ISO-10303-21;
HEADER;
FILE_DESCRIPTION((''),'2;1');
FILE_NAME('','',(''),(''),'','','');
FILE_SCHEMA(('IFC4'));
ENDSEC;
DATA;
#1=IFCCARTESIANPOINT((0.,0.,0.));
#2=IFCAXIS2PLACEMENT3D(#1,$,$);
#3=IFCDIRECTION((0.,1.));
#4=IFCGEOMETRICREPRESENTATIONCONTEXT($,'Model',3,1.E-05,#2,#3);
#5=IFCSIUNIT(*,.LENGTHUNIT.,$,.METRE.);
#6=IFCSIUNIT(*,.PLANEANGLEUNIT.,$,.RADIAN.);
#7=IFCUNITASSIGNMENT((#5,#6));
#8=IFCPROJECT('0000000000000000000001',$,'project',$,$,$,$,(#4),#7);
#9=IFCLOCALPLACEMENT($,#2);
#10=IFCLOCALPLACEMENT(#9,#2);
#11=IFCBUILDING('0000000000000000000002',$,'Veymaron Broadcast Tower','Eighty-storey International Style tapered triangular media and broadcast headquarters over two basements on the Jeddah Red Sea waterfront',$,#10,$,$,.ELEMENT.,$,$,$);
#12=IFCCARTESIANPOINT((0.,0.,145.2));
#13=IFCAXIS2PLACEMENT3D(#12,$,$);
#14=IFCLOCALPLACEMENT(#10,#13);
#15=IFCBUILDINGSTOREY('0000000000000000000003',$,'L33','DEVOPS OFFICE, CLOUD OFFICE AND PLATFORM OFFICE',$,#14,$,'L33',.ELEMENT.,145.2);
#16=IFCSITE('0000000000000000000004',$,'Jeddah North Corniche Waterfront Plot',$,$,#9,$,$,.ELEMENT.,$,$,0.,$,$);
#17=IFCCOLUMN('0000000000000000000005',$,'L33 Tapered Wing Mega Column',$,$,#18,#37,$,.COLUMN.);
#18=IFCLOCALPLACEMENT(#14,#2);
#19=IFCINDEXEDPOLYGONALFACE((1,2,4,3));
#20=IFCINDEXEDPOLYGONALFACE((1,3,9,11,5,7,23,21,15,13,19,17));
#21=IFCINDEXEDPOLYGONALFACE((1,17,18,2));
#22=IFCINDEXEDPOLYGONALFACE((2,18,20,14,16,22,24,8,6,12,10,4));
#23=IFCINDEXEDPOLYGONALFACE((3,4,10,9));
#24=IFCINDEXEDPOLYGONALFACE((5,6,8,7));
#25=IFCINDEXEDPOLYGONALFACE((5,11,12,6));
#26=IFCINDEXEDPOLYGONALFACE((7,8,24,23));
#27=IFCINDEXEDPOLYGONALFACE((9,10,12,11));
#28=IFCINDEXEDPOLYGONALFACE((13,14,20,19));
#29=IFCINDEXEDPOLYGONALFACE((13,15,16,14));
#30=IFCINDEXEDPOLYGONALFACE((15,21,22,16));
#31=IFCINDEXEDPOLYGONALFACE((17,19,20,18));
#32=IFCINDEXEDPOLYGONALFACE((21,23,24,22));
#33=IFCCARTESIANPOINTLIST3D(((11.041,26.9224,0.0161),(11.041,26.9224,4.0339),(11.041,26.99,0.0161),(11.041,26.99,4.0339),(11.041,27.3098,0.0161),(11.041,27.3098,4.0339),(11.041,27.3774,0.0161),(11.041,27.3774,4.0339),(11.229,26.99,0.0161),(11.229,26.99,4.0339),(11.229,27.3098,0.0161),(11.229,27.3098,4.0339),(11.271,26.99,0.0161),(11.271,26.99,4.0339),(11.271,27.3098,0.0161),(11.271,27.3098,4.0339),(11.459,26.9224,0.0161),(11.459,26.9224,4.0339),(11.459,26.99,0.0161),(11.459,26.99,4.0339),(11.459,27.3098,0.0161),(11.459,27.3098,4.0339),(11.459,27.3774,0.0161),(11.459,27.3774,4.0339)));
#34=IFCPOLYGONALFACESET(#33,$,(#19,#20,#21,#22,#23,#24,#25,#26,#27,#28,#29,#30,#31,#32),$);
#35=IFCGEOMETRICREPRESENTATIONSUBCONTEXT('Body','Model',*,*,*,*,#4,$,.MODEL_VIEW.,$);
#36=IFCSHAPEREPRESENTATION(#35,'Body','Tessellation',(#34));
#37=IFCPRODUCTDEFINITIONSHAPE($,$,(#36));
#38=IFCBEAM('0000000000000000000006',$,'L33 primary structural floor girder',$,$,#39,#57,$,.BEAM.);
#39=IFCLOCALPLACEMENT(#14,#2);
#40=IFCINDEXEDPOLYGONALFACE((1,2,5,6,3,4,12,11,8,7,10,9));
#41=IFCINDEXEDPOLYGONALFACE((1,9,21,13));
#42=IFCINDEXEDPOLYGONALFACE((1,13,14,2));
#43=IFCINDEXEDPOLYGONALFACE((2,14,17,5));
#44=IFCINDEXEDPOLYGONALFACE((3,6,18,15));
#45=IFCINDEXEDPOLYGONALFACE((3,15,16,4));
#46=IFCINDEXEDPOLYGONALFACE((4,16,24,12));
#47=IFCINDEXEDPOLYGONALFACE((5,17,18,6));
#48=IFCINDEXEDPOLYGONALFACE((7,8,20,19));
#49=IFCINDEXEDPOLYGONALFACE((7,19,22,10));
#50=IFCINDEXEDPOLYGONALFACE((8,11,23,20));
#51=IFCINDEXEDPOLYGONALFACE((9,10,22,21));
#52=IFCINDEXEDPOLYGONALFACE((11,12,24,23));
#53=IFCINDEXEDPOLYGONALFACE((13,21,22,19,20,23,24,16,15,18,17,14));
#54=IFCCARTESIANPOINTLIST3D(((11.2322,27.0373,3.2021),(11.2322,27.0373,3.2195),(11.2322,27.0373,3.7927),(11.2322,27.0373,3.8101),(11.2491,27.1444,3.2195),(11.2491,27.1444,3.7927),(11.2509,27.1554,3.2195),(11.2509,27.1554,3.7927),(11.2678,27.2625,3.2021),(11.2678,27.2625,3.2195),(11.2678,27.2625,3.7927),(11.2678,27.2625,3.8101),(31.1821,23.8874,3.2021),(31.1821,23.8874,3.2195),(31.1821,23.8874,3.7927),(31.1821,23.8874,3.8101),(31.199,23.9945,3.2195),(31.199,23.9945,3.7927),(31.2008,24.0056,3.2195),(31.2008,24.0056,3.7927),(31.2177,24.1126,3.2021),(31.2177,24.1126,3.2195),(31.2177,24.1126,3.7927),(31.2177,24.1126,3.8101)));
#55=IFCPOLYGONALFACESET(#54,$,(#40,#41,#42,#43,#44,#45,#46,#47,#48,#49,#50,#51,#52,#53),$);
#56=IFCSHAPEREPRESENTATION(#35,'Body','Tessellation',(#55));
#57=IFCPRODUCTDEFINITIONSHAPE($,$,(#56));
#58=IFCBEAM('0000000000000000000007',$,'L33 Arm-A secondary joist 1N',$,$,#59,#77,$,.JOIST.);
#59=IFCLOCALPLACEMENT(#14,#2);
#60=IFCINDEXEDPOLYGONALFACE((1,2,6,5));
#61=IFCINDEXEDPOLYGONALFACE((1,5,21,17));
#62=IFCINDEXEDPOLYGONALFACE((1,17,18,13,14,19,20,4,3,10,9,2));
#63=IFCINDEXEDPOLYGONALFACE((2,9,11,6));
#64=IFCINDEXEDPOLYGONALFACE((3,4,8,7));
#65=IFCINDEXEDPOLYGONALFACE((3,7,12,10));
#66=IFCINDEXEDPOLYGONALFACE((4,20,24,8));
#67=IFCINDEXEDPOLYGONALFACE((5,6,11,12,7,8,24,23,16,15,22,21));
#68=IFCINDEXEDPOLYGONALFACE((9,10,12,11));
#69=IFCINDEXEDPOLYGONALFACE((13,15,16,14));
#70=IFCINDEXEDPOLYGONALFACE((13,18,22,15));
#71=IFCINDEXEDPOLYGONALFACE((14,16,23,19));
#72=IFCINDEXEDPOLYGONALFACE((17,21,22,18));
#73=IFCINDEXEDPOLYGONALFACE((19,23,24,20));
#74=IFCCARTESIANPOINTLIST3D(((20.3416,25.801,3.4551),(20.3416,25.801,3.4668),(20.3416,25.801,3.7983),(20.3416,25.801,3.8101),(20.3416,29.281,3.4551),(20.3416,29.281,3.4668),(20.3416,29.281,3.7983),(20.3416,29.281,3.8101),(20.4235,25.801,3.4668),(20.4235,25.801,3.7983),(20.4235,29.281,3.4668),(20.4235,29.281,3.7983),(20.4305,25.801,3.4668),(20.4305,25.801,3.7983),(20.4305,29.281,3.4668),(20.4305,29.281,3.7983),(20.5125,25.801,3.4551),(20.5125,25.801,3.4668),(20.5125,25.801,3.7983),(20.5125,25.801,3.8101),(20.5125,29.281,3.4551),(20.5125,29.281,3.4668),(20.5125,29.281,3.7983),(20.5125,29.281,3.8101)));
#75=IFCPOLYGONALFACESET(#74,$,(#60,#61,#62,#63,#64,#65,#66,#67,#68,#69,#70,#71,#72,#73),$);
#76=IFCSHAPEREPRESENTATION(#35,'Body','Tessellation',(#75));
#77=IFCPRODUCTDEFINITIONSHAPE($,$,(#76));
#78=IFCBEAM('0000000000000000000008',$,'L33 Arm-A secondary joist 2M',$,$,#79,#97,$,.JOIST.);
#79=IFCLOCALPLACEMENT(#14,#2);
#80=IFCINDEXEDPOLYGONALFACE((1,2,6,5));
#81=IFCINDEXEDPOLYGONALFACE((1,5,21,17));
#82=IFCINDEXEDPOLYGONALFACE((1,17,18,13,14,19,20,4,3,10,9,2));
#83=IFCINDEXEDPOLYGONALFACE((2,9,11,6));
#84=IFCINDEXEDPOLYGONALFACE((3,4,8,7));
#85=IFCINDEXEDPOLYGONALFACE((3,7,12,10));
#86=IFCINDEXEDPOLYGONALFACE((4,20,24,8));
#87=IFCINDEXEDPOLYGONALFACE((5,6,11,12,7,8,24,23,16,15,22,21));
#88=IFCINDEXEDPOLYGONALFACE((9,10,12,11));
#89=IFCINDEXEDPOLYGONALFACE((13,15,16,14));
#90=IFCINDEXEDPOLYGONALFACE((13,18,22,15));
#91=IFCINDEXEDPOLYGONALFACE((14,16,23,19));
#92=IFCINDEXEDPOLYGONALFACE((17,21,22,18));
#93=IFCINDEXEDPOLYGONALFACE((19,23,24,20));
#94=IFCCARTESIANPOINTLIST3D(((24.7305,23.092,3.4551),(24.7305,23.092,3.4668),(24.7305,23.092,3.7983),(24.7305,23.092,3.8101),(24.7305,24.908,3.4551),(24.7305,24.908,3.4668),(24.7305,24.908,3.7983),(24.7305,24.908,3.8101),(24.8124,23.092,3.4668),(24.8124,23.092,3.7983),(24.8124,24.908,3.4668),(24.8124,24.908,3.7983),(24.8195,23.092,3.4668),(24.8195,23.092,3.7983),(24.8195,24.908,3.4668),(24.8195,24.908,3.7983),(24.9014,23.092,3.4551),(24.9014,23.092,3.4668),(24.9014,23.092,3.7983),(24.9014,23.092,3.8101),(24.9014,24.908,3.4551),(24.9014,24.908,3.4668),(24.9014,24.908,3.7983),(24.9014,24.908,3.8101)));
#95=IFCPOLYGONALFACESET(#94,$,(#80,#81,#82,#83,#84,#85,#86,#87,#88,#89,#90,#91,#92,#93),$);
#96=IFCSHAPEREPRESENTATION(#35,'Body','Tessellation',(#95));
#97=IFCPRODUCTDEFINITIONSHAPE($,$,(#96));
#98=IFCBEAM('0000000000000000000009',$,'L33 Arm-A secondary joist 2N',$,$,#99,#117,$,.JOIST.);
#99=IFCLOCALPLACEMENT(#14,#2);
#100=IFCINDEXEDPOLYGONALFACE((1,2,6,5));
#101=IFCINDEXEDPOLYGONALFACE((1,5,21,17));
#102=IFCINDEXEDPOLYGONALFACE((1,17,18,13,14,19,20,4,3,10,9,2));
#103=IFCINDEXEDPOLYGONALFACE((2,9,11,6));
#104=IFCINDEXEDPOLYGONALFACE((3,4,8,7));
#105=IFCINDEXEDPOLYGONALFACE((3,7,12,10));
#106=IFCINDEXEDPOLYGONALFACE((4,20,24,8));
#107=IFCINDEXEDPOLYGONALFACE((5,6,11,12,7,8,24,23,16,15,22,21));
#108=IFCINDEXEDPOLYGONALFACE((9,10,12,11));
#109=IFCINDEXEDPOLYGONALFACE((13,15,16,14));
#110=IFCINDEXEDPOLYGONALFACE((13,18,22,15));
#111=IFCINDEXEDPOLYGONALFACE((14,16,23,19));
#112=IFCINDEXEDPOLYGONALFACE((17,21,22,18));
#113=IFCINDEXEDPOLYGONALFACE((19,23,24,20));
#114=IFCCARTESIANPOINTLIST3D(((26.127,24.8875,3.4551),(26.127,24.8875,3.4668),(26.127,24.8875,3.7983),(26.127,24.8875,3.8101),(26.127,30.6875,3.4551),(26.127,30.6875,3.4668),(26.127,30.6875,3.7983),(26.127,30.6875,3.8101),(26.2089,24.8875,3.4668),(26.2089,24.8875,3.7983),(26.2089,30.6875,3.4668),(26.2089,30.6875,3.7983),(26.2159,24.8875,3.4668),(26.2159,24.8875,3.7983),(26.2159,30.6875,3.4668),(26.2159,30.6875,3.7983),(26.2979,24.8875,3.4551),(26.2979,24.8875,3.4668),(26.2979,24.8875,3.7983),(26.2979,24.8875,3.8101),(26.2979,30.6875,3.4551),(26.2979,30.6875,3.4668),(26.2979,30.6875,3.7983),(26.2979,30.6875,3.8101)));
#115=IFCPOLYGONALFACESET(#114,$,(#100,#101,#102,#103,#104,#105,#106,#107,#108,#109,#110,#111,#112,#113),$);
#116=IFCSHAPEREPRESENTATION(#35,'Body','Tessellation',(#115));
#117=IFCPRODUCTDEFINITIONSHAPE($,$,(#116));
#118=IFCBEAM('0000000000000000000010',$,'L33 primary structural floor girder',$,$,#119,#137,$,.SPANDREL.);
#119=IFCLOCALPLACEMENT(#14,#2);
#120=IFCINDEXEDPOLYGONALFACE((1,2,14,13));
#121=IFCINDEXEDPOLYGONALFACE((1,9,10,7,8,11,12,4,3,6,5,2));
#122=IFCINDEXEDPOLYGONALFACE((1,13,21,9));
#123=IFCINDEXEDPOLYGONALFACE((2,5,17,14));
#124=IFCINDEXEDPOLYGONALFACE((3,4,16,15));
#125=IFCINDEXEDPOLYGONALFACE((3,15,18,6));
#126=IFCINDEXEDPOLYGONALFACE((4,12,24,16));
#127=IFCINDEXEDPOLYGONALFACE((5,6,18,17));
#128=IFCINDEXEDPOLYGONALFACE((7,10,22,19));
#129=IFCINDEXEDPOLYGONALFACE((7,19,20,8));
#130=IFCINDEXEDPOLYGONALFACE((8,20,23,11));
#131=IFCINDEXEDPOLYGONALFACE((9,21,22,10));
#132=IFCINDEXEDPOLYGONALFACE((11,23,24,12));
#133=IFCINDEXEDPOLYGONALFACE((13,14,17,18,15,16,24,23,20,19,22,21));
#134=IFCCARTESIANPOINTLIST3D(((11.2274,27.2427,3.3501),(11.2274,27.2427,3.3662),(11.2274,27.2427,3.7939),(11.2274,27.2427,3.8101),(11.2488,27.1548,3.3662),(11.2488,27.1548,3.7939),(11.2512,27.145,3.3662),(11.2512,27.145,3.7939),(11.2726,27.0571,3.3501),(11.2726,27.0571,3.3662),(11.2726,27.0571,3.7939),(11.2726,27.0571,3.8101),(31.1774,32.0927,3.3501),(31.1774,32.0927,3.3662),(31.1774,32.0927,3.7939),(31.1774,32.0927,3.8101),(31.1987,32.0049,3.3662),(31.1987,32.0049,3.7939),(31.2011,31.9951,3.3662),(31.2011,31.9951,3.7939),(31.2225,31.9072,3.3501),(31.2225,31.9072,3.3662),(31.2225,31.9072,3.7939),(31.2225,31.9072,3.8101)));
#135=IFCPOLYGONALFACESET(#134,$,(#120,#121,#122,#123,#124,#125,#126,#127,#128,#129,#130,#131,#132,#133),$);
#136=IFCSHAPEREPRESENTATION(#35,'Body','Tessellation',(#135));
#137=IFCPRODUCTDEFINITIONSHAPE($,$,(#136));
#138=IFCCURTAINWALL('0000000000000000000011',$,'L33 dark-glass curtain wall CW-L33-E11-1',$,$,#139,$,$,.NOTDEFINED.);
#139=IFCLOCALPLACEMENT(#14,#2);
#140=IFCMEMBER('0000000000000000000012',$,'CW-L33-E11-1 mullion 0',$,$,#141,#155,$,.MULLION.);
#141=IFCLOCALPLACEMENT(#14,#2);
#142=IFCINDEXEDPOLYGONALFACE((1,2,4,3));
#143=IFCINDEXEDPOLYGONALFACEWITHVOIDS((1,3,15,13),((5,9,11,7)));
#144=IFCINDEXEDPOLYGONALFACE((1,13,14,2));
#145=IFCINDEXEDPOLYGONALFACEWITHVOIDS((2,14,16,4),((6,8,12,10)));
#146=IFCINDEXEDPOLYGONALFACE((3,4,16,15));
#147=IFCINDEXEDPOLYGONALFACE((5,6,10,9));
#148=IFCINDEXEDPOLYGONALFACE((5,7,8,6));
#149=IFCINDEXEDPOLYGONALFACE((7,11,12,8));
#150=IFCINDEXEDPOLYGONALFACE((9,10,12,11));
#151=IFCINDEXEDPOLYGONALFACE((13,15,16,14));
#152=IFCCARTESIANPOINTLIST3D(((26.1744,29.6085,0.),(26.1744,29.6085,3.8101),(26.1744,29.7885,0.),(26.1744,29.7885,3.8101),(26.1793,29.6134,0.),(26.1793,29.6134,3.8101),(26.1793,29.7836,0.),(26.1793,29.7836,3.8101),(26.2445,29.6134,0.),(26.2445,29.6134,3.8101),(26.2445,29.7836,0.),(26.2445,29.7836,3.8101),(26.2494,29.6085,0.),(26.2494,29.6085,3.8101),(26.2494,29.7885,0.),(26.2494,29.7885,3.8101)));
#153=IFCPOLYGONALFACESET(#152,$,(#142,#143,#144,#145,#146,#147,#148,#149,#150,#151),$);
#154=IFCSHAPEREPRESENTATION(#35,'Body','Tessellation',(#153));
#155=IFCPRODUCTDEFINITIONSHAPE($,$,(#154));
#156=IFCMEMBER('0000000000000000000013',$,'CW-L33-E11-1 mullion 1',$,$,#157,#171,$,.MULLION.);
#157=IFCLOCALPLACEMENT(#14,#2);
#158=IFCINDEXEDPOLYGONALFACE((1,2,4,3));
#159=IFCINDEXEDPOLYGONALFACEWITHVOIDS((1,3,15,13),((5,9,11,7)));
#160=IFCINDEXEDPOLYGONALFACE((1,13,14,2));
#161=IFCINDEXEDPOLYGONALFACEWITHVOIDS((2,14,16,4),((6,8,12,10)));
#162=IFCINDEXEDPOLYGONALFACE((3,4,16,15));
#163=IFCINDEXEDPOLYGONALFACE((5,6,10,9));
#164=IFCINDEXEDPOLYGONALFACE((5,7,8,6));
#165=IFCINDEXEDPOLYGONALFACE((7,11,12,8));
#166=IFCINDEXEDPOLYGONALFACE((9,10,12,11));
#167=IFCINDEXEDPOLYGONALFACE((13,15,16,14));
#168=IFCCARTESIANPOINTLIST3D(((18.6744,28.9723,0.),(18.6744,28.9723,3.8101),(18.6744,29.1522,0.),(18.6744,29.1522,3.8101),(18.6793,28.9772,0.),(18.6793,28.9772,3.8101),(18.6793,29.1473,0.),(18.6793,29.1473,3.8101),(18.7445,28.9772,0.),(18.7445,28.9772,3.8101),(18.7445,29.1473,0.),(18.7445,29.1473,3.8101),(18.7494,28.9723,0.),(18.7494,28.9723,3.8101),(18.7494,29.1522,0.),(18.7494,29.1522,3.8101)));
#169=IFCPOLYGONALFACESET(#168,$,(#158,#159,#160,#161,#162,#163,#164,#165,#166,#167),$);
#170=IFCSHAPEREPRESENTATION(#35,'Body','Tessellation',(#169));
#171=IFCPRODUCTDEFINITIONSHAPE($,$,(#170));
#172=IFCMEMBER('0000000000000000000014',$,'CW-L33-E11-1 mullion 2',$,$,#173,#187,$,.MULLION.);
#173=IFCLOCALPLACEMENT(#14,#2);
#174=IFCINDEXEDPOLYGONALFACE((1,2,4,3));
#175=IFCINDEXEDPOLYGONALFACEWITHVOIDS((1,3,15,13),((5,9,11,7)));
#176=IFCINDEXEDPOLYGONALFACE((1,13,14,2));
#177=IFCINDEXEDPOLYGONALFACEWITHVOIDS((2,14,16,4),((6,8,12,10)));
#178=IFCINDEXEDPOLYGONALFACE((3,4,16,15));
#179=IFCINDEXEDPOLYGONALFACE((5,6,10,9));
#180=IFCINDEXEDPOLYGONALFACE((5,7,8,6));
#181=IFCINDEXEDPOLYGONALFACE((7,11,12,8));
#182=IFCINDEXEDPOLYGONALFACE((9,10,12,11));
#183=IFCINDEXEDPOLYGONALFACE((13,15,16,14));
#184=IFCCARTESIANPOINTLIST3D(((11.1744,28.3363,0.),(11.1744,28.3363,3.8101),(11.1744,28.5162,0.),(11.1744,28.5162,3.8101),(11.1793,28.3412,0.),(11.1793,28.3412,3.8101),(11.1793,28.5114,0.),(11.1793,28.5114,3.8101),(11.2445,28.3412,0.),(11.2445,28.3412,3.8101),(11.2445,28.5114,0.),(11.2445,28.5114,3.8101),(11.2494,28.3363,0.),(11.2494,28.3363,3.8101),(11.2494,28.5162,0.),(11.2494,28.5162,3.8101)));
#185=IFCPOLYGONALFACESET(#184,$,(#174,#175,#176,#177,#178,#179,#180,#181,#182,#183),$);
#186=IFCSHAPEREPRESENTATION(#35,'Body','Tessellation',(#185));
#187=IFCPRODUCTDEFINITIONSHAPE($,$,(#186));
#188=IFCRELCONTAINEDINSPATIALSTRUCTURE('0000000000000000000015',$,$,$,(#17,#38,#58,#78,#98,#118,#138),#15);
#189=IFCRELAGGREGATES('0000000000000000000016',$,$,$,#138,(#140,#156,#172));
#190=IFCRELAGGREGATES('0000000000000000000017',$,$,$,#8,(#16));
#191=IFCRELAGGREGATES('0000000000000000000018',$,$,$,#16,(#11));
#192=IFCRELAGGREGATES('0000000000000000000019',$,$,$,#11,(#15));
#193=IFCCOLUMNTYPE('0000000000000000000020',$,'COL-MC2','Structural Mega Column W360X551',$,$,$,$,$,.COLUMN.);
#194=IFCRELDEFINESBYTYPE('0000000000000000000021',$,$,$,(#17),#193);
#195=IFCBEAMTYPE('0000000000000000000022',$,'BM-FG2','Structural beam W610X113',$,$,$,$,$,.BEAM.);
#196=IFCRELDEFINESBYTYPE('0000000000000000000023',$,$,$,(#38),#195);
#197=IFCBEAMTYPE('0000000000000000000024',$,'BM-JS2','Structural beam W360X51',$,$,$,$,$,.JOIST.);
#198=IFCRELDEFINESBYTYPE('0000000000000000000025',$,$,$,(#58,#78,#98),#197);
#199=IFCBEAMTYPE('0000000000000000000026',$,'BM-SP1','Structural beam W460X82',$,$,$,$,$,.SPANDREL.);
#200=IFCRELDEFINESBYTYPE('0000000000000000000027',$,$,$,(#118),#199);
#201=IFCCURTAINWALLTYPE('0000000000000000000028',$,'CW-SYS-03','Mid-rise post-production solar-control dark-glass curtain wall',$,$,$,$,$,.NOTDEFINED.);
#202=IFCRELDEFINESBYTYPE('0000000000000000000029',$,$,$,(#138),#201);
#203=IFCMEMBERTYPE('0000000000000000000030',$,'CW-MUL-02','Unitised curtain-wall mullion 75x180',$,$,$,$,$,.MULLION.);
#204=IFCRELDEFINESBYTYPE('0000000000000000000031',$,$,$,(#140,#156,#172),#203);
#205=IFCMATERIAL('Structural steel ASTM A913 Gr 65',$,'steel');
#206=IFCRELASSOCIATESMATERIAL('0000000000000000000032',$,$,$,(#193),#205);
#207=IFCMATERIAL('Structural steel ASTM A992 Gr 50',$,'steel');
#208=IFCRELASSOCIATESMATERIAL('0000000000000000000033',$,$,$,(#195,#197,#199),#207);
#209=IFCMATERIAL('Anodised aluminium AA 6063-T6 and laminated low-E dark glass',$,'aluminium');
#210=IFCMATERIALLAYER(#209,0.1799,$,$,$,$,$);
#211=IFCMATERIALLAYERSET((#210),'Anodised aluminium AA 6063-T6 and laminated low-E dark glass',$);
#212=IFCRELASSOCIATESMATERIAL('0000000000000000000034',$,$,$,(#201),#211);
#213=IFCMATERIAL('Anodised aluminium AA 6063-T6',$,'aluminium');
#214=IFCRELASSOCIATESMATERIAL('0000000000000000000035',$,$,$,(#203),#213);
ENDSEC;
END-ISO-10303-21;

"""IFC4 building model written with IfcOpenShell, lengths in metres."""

from ifc_helpers import new_model, si_unit, direction, frame, origin, origin_2d, place, context, subcontext, project, spatial, hollow_rectangle, i_section, extrude, material, layer, layer_set, material_profile, profile_set, type_object, element, aggregate, save


model = new_model("IFC4")

# Units and contexts
model_context = context("Model", 3, precision=1e-05, world=origin(), true_north=direction((0.0, 1.0)))
body_context = subcontext(model_context, "Body", "Model", "MODEL_VIEW")
ifc_project = project(units=[si_unit("LENGTHUNIT", "METRE"), si_unit("PLANEANGLEUNIT", "RADIAN")], contexts=[model_context])

# Site, building, storey
site_placement = place(None, origin())
site = spatial("IfcSite", under=ifc_project, at=site_placement, Name="Jeddah North Corniche Waterfront Plot", CompositionType="ELEMENT", RefElevation=0.0)
building_placement = place(site_placement, origin())
building = spatial("IfcBuilding", under=site, at=building_placement, Name="Veymaron Broadcast Tower", Description="Eighty-storey International Style tapered triangular media and broadcast headquarters over two basements on the Jeddah Red Sea waterfront", CompositionType="ELEMENT")
storey_placement = place(building_placement, frame((0.0, 0.0, 145.2)))
storey = spatial("IfcBuildingStorey", under=building, at=storey_placement, Name="L33", Description="DEVOPS OFFICE, CLOUD OFFICE AND PLATFORM OFFICE", LongName="L33", CompositionType="ELEMENT", Elevation=145.2)

# Column
ifc_material_1 = material(Name="Structural steel ASTM A913 Gr 65", Category="steel")
ifc_material_profile_1 = material_profile(ifc_material_1, i_section(OverallWidth=0.418, OverallDepth=0.4551, WebThickness=0.042, FlangeThickness=0.0676, at=origin_2d()), Name="W360X551")
ifc_profile_set_1 = profile_set([ifc_material_profile_1], Name="Structural steel ASTM A913 Gr 65")
column_type = type_object("IfcColumnType", Name="COL-MC2", Description="Structural Mega Column W360X551", PredefinedType="COLUMN", material=ifc_profile_set_1)
column_placement = place(storey_placement, frame((11.25, 27.1499, 0.0161), z_axis=(0.0, 0.0, 1.0), x_axis=(1.0, 0.0, 0.0)))
element("IfcColumn", 1, at=column_placement, inside=storey, type_object=column_type, Name="L33 Tapered Wing Mega Column", PredefinedType="COLUMN", context=body_context, shape_type="SweptSolid", body=[
    extrude(i_section(OverallWidth=0.418, OverallDepth=0.4551, WebThickness=0.042, FlangeThickness=0.0676, at=origin_2d()), origin(), (0.0, 0.0, 1.0), 4.0178),
])

# Beams
ifc_material_2 = material(Name="Structural steel ASTM A992 Gr 50", Category="steel")
ifc_material_profile_2 = material_profile(ifc_material_2, i_section(OverallWidth=0.228, OverallDepth=0.6079, WebThickness=0.0112, FlangeThickness=0.0173, at=origin_2d()), Name="W610X113")
ifc_profile_set_2 = profile_set([ifc_material_profile_2], Name="Structural steel ASTM A992 Gr 50")
beam_type_1 = type_object("IfcBeamType", Name="BM-FG2", Description="Structural beam W610X113", PredefinedType="BEAM", material=ifc_profile_set_2)
beam_1_placement = place(storey_placement, frame((11.25, 27.1499, 3.5061), z_axis=(0.987764, -0.155958, 0.0), x_axis=(0.155958, 0.987764, 0.0)))
element("IfcBeam", 2, at=beam_1_placement, inside=storey, type_object=beam_type_1, Name="L33 primary structural floor girder", PredefinedType="BEAM", context=body_context, shape_type="SweptSolid", body=[
    extrude(i_section(OverallWidth=0.228, OverallDepth=0.6079, WebThickness=0.0112, FlangeThickness=0.0173, at=origin_2d()), origin(), (0.0, 0.0, 1.0), 20.197),
])
ifc_material_profile_3 = material_profile(ifc_material_2, i_section(OverallWidth=0.1709, OverallDepth=0.355, WebThickness=0.0071, FlangeThickness=0.0117, at=origin_2d()), Name="W360X51")
ifc_profile_set_3 = profile_set([ifc_material_profile_3], Name="Structural steel ASTM A992 Gr 50")
beam_type_2 = type_object("IfcBeamType", Name="BM-JS2", Description="Structural beam W360X51", PredefinedType="JOIST", material=ifc_profile_set_3)
beam_2_placement = place(storey_placement, frame((20.427, 25.801, 3.6326), z_axis=(0.0, 1.0, 0.0), x_axis=(-1.0, 0.0, 0.0)))
element("IfcBeam", 3, at=beam_2_placement, inside=storey, type_object=beam_type_2, Name="L33 Arm-A secondary joist 1N", PredefinedType="JOIST", context=body_context, shape_type="SweptSolid", body=[
    extrude(i_section(OverallWidth=0.1709, OverallDepth=0.355, WebThickness=0.0071, FlangeThickness=0.0117, at=origin_2d()), origin(), (0.0, 0.0, 1.0), 3.48),
])
beam_3_placement = place(storey_placement, frame((24.8159, 23.092, 3.6326), z_axis=(0.0, 1.0, 0.0), x_axis=(-1.0, 0.0, 0.0)))
element("IfcBeam", 4, at=beam_3_placement, inside=storey, type_object=beam_type_2, Name="L33 Arm-A secondary joist 2M", PredefinedType="JOIST", context=body_context, shape_type="SweptSolid", body=[
    extrude(i_section(OverallWidth=0.1709, OverallDepth=0.355, WebThickness=0.0071, FlangeThickness=0.0117, at=origin_2d()), origin(), (0.0, 0.0, 1.0), 1.8159),
])
beam_4_placement = place(storey_placement, frame((26.2124, 24.8875, 3.6326), z_axis=(0.0, 1.0, 0.0), x_axis=(-1.0, 0.0, 0.0)))
element("IfcBeam", 5, at=beam_4_placement, inside=storey, type_object=beam_type_2, Name="L33 Arm-A secondary joist 2N", PredefinedType="JOIST", context=body_context, shape_type="SweptSolid", body=[
    extrude(i_section(OverallWidth=0.1709, OverallDepth=0.355, WebThickness=0.0071, FlangeThickness=0.0117, at=origin_2d()), origin(), (0.0, 0.0, 1.0), 5.8),
])
ifc_material_profile_4 = material_profile(ifc_material_2, i_section(OverallWidth=0.1909, OverallDepth=0.46, WebThickness=0.01, FlangeThickness=0.0161, at=origin_2d()), Name="W460X82")
ifc_profile_set_4 = profile_set([ifc_material_profile_4], Name="Structural steel ASTM A992 Gr 50")
beam_type_3 = type_object("IfcBeamType", Name="BM-SP1", Description="Structural beam W460X82", PredefinedType="SPANDREL", material=ifc_profile_set_4)
beam_5_placement = place(storey_placement, frame((11.25, 27.1499, 3.5801), z_axis=(0.971697, 0.236232, 0.0), x_axis=(-0.236232, 0.971697, 0.0)))
element("IfcBeam", 6, at=beam_5_placement, inside=storey, type_object=beam_type_3, Name="L33 primary structural floor girder", PredefinedType="SPANDREL", context=body_context, shape_type="SweptSolid", body=[
    extrude(i_section(OverallWidth=0.1909, OverallDepth=0.46, WebThickness=0.01, FlangeThickness=0.0161, at=origin_2d()), origin(), (0.0, 0.0, 1.0), 20.531),
])

# Curtain wall, members
ifc_material_3 = material(Name="Anodised aluminium AA 6063-T6 and laminated low-E dark glass", Category="aluminium")
ifc_layer_1 = layer(ifc_material_3, 0.1799)
ifc_layer_set_1 = layer_set([ifc_layer_1], Name="Anodised aluminium AA 6063-T6 and laminated low-E dark glass")
curtain_wall_type = type_object("IfcCurtainWallType", Name="CW-SYS-03", Description="Mid-rise post-production solar-control dark-glass curtain wall", PredefinedType="NOTDEFINED", material=ifc_layer_set_1)
curtain_wall_placement = place(storey_placement, origin())
curtain_wall = element("IfcCurtainWall", 7, at=curtain_wall_placement, inside=storey, type_object=curtain_wall_type, Name="L33 dark-glass curtain wall CW-L33-E11-1", PredefinedType="NOTDEFINED")
ifc_material_4 = material(Name="Anodised aluminium AA 6063-T6", Category="aluminium")
ifc_material_profile_5 = material_profile(ifc_material_4, hollow_rectangle(XDim=0.075, YDim=0.1799, WallThickness=0.0049, at=origin_2d()), Name="AL180X75X5")
ifc_profile_set_5 = profile_set([ifc_material_profile_5], Name="Anodised aluminium AA 6063-T6")
member_type_1 = type_object("IfcMemberType", Name="CW-MUL-02", Description="Unitised curtain-wall mullion 75x180", PredefinedType="MULLION", material=ifc_profile_set_5)
member_1_placement = place(storey_placement, frame((26.2119, 29.6985, 0.0), z_axis=(0.0, 0.0, 1.0), x_axis=(1.0, 0.0, 0.0)))
member_1 = element("IfcMember", 8, at=member_1_placement, type_object=member_type_1, Name="CW-L33-E11-1 mullion 0", PredefinedType="MULLION", context=body_context, shape_type="SweptSolid", body=[
    extrude(hollow_rectangle(XDim=0.075, YDim=0.1799, WallThickness=0.0049, at=origin_2d()), origin(), (0.0, 0.0, 1.0), 3.8101),
])
member_2_placement = place(storey_placement, frame((18.7119, 29.0623, 0.0), z_axis=(0.0, 0.0, 1.0), x_axis=(1.0, 0.0, 0.0)))
member_2 = element("IfcMember", 9, at=member_2_placement, type_object=member_type_1, Name="CW-L33-E11-1 mullion 1", PredefinedType="MULLION", context=body_context, shape_type="SweptSolid", body=[
    extrude(hollow_rectangle(XDim=0.075, YDim=0.1799, WallThickness=0.0049, at=origin_2d()), origin(), (0.0, 0.0, 1.0), 3.8101),
])
member_3_placement = place(storey_placement, frame((11.2119, 28.4263, 0.0), z_axis=(0.0, 0.0, 1.0), x_axis=(1.0, 0.0, 0.0)))
member_3 = element("IfcMember", 10, at=member_3_placement, type_object=member_type_1, Name="CW-L33-E11-1 mullion 2", PredefinedType="MULLION", context=body_context, shape_type="SweptSolid", body=[
    extrude(hollow_rectangle(XDim=0.075, YDim=0.1799, WallThickness=0.0049, at=origin_2d()), origin(), (0.0, 0.0, 1.0), 3.8101),
])
aggregate(curtain_wall, [member_1, member_2, member_3])

save(model, "model.ifc")
